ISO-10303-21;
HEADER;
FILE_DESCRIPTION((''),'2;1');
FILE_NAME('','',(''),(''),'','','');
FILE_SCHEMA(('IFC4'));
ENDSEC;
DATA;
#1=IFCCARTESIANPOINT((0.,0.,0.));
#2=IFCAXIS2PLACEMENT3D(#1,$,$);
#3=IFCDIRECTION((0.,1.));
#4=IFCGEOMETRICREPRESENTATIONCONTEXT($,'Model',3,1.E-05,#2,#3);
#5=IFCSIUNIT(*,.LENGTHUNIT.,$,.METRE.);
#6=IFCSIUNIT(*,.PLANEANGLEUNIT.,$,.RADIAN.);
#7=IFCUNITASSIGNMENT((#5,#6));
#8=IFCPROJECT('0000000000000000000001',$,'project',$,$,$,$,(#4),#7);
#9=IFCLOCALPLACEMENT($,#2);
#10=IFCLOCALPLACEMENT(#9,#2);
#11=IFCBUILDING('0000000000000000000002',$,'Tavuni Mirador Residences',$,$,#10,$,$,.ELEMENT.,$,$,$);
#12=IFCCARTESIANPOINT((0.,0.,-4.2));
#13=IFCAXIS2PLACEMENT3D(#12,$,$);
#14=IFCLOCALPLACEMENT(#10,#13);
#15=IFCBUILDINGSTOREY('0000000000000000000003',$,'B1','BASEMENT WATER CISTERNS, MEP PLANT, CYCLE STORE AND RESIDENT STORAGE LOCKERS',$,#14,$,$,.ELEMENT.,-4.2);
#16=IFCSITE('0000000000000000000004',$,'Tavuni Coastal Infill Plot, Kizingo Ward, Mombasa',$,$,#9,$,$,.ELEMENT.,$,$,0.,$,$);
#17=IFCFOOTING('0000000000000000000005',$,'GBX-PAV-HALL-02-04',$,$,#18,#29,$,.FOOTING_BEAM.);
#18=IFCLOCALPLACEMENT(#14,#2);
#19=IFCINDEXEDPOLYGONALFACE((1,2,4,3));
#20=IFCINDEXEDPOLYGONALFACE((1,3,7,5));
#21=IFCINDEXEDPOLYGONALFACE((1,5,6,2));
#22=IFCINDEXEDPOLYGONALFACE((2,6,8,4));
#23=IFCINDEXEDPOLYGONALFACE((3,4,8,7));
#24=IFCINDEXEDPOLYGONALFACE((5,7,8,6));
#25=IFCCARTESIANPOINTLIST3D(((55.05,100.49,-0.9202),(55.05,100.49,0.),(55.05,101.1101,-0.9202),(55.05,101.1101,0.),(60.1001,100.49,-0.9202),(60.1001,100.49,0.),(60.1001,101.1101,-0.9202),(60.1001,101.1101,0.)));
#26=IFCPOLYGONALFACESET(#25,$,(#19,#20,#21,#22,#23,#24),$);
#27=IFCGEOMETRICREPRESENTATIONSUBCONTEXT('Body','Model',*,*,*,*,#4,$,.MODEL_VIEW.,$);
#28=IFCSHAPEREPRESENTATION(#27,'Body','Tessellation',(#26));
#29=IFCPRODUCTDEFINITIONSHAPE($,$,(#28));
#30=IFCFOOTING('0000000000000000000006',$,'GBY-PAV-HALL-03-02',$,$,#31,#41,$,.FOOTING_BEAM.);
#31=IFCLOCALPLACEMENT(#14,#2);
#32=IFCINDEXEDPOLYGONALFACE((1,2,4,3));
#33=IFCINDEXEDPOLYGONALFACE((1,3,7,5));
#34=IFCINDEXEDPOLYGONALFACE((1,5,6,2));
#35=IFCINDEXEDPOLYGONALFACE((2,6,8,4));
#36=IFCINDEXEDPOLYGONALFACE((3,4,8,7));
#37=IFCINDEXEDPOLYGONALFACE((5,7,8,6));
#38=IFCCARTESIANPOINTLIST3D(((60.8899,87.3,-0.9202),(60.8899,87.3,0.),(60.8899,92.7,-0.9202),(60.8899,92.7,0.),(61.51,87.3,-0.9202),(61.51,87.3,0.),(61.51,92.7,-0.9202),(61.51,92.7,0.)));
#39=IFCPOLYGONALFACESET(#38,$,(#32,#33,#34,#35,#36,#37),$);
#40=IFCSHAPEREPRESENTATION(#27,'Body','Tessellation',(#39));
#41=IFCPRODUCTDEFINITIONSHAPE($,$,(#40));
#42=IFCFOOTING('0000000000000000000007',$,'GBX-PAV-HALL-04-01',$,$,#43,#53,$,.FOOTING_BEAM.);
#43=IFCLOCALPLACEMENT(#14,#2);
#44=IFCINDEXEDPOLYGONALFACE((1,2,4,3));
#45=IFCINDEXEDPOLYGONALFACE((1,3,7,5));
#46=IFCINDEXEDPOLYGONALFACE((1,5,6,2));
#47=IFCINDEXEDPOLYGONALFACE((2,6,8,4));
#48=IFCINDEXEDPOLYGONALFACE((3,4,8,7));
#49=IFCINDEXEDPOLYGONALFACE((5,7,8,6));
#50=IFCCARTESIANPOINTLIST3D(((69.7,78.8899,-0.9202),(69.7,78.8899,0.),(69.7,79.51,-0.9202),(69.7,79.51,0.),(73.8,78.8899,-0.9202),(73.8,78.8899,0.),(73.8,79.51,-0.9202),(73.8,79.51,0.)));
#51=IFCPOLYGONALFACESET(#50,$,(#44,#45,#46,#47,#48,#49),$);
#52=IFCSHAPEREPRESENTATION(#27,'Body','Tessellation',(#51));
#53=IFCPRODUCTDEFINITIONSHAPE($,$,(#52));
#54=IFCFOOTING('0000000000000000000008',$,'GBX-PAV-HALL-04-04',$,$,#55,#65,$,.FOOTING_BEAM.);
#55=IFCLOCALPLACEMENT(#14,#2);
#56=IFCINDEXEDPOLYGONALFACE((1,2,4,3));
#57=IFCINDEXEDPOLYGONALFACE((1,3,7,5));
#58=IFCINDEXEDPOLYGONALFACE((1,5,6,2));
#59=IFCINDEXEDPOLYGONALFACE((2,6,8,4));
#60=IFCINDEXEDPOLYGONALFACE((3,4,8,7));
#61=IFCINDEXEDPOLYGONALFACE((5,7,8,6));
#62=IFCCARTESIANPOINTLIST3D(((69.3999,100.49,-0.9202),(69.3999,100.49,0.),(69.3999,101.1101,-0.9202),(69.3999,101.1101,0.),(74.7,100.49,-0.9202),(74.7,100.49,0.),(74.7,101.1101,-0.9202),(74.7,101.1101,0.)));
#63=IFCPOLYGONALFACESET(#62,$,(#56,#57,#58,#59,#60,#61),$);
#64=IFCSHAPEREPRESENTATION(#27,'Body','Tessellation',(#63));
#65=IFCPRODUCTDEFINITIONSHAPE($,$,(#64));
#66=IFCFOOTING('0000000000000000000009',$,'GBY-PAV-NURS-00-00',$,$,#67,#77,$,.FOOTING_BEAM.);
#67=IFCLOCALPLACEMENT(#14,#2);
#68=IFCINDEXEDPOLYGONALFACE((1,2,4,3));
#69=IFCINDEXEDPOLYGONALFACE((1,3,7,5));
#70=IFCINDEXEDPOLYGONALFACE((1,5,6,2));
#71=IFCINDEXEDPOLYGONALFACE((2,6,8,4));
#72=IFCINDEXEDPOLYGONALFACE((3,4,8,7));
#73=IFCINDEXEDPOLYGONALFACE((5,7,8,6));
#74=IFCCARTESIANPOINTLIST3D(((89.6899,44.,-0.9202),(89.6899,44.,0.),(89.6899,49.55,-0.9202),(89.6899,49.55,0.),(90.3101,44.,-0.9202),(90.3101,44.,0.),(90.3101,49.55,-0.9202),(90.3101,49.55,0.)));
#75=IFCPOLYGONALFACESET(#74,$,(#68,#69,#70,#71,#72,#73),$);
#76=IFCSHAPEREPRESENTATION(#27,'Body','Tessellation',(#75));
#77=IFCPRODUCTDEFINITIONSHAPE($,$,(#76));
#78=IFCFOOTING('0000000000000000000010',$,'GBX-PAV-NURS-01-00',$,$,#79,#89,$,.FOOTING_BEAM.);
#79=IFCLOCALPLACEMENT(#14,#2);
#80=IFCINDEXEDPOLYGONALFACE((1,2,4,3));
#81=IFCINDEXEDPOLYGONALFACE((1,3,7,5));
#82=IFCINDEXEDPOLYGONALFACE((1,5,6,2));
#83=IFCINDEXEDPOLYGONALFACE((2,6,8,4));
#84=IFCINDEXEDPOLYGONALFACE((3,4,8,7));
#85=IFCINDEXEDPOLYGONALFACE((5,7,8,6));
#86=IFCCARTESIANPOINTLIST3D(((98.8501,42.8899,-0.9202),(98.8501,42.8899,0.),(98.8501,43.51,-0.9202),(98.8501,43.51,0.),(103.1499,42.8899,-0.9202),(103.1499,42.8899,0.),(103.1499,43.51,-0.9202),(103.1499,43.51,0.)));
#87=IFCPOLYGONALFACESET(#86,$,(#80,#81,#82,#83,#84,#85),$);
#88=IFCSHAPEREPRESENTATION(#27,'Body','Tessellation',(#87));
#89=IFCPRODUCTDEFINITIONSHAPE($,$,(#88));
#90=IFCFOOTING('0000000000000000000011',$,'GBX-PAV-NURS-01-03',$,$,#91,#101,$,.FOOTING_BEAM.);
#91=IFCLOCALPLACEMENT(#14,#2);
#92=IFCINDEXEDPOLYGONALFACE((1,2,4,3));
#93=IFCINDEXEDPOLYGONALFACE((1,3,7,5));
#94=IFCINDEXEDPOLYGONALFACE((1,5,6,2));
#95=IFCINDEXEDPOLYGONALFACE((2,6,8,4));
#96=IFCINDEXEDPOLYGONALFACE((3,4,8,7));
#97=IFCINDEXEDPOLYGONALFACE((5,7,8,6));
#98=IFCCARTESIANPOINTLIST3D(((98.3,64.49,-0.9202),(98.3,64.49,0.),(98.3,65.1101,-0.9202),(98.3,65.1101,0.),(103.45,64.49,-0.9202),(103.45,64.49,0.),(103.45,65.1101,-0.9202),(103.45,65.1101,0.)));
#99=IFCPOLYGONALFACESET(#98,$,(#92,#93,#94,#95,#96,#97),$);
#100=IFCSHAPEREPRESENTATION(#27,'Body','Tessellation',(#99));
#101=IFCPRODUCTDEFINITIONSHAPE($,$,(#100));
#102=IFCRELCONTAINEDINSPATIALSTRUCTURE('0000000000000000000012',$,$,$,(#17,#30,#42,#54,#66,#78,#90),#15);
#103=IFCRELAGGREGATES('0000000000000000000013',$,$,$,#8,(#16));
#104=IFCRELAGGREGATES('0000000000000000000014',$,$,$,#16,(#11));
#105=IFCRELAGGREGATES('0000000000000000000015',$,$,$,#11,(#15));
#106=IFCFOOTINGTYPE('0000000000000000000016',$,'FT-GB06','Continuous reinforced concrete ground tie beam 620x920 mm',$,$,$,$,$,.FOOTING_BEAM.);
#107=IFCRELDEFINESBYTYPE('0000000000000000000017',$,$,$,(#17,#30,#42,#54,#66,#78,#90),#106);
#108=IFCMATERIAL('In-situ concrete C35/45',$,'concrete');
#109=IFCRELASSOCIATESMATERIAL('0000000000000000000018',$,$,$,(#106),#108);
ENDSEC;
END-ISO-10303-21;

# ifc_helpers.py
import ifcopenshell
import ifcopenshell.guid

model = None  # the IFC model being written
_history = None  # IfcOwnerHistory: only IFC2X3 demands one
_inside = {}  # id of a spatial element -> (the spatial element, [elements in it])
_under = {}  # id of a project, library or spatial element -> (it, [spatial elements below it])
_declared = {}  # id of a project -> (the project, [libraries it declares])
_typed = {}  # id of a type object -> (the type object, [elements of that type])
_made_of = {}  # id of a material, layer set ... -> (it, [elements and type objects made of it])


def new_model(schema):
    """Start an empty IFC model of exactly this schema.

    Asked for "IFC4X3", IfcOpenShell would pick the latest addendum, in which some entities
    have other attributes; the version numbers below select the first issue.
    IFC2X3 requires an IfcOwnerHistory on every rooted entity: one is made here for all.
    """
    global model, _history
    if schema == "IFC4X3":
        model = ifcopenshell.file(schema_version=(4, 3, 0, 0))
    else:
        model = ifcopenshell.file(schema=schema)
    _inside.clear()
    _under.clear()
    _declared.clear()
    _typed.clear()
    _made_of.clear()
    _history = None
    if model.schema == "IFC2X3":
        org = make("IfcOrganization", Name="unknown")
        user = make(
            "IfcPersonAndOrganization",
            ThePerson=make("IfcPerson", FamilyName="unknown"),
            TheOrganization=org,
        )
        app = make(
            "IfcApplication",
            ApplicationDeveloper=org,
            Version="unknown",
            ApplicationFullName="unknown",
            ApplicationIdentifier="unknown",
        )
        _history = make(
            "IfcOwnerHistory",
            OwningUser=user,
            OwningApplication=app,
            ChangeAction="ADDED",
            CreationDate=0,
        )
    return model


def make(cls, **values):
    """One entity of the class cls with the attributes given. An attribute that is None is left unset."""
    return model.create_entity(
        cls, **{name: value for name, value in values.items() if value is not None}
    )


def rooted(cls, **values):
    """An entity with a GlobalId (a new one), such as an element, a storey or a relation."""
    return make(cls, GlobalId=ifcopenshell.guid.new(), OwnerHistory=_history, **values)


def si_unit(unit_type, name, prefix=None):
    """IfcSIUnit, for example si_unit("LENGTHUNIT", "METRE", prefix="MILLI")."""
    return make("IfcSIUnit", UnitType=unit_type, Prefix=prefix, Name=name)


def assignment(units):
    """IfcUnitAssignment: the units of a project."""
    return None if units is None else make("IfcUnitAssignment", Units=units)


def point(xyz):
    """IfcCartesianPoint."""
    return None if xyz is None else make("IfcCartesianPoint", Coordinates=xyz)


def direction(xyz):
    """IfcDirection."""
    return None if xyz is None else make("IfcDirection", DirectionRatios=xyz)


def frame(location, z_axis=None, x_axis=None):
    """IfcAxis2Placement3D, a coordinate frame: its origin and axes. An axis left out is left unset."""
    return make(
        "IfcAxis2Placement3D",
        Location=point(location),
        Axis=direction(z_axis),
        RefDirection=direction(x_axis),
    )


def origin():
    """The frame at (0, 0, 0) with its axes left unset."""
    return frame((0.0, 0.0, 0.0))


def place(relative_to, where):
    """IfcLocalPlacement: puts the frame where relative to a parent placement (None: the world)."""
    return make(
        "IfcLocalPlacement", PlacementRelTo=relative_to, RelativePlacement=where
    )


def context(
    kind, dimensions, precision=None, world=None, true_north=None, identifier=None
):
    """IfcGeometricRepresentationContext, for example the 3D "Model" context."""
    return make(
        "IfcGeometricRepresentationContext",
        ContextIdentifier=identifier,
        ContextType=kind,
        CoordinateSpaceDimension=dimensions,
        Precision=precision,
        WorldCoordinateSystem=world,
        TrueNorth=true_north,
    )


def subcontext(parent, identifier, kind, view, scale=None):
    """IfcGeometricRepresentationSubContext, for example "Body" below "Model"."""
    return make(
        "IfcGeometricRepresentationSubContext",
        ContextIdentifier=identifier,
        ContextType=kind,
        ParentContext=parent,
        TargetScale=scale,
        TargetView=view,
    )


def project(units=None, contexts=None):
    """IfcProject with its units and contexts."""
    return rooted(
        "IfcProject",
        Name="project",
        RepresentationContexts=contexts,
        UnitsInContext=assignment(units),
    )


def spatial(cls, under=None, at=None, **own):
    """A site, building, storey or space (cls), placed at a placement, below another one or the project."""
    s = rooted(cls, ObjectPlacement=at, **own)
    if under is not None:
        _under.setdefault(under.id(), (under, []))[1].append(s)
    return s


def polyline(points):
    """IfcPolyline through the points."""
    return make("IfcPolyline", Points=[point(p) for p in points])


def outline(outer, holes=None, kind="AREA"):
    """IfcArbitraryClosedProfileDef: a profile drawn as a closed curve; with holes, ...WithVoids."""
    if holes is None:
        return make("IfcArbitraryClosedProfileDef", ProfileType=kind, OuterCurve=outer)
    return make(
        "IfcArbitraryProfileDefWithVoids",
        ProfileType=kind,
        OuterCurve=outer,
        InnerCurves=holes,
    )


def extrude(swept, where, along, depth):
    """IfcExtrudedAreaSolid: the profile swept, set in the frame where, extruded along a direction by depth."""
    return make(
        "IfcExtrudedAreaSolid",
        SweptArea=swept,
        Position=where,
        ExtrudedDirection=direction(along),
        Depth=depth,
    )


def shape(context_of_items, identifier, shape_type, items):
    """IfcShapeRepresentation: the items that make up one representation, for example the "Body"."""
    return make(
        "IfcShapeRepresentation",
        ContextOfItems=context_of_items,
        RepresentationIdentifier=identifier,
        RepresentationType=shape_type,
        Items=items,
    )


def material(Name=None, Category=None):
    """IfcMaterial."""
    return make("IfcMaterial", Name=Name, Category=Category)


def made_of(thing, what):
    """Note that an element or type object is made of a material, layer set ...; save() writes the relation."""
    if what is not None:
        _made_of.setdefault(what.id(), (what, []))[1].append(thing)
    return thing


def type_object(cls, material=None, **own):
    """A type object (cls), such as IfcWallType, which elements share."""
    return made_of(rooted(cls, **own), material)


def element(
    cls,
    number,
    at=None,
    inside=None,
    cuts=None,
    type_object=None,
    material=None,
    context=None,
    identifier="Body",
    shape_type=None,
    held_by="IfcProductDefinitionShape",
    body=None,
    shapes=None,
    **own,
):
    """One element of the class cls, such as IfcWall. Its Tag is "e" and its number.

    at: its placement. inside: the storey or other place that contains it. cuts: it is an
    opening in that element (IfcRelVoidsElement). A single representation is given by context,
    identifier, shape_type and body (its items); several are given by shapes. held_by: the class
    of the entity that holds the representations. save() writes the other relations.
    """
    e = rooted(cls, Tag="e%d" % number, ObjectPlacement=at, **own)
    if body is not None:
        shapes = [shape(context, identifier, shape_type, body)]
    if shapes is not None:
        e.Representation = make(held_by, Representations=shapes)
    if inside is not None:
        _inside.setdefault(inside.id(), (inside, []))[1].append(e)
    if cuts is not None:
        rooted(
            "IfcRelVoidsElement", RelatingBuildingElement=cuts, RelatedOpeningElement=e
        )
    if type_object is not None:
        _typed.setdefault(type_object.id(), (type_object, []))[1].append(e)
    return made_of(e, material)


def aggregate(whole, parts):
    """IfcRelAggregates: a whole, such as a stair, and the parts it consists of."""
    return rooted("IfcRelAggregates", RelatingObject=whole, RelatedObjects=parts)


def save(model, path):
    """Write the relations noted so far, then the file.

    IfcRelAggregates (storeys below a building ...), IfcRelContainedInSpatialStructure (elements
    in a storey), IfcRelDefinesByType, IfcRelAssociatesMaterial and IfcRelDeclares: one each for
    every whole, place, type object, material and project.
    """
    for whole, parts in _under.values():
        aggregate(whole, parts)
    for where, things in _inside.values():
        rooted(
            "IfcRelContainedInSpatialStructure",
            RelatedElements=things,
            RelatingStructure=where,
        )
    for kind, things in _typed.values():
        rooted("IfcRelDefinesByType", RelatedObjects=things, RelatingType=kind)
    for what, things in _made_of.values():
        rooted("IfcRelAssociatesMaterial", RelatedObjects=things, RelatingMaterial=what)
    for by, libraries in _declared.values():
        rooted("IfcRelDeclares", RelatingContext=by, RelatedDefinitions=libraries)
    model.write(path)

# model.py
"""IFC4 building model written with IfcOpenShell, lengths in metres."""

from ifc_helpers import new_model, si_unit, direction, frame, origin, place, context, subcontext, project, spatial, polyline, outline, extrude, material, type_object, element, save


model = new_model("IFC4")

# Units and contexts
model_context = context("Model", 3, precision=1e-05, world=origin(), true_north=direction((0.0, 1.0)))
body_context = subcontext(model_context, "Body", "Model", "MODEL_VIEW")
ifc_project = project(units=[si_unit("LENGTHUNIT", "METRE"), si_unit("PLANEANGLEUNIT", "RADIAN")], contexts=[model_context])

# Site, building, storey
site_placement = place(None, origin())
site = spatial("IfcSite", under=ifc_project, at=site_placement, Name="Tavuni Coastal Infill Plot, Kizingo Ward, Mombasa", CompositionType="ELEMENT", RefElevation=0.0)
building_placement = place(site_placement, origin())
building = spatial("IfcBuilding", under=site, at=building_placement, Name="Tavuni Mirador Residences", CompositionType="ELEMENT")
storey_placement = place(building_placement, frame((0.0, 0.0, -4.2)))
storey = spatial("IfcBuildingStorey", under=building, at=storey_placement, Name="B1", Description="BASEMENT WATER CISTERNS, MEP PLANT, CYCLE STORE AND RESIDENT STORAGE LOCKERS", CompositionType="ELEMENT", Elevation=-4.2)

# Footings
ifc_material = material(Name="In-situ concrete C35/45", Category="concrete")
footing_type_1 = type_object("IfcFootingType", Name="FT-GB06", Description="Continuous reinforced concrete ground tie beam 620x920 mm", PredefinedType="FOOTING_BEAM", material=ifc_material)
footing_1_placement = place(storey_placement, frame((0.0, 0.0, -0.9202)))
element("IfcFooting", 1, at=footing_1_placement, inside=storey, type_object=footing_type_1, Name="GBX-PAV-HALL-02-04", PredefinedType="FOOTING_BEAM", context=body_context, shape_type="SweptSolid", body=[
    extrude(outline(polyline([(55.05, 100.49), (60.1001, 100.49), (60.1001, 101.1101), (55.05, 101.1101), (55.05, 100.49)])), origin(), (0.0, 0.0, 1.0), 0.9202),
])
footing_2_placement = place(storey_placement, frame((0.0, 0.0, -0.9202)))
element("IfcFooting", 2, at=footing_2_placement, inside=storey, type_object=footing_type_1, Name="GBY-PAV-HALL-03-02", PredefinedType="FOOTING_BEAM", context=body_context, shape_type="SweptSolid", body=[
    extrude(outline(polyline([(60.8899, 87.3), (61.51, 87.3), (61.51, 92.7), (60.8899, 92.7), (60.8899, 87.3)])), origin(), (0.0, 0.0, 1.0), 0.9202),
])
footing_3_placement = place(storey_placement, frame((0.0, 0.0, -0.9202)))
element("IfcFooting", 3, at=footing_3_placement, inside=storey, type_object=footing_type_1, Name="GBX-PAV-HALL-04-01", PredefinedType="FOOTING_BEAM", context=body_context, shape_type="SweptSolid", body=[
    extrude(outline(polyline([(69.7, 78.8899), (73.8, 78.8899), (73.8, 79.51), (69.7, 79.51), (69.7, 78.8899)])), origin(), (0.0, 0.0, 1.0), 0.9202),
])
footing_4_placement = place(storey_placement, frame((0.0, 0.0, -0.9202)))
element("IfcFooting", 4, at=footing_4_placement, inside=storey, type_object=footing_type_1, Name="GBX-PAV-HALL-04-04", PredefinedType="FOOTING_BEAM", context=body_context, shape_type="SweptSolid", body=[
    extrude(outline(polyline([(69.3999, 100.49), (74.7, 100.49), (74.7, 101.1101), (69.3999, 101.1101), (69.3999, 100.49)])), origin(), (0.0, 0.0, 1.0), 0.9202),
])
footing_5_placement = place(storey_placement, frame((0.0, 0.0, -0.9202)))
element("IfcFooting", 5, at=footing_5_placement, inside=storey, type_object=footing_type_1, Name="GBY-PAV-NURS-00-00", PredefinedType="FOOTING_BEAM", context=body_context, shape_type="SweptSolid", body=[
    extrude(outline(polyline([(89.6899, 44.0), (90.3101, 44.0), (90.3101, 49.55), (89.6899, 49.55), (89.6899, 44.0)])), origin(), (0.0, 0.0, 1.0), 0.9202),
])
footing_6_placement = place(storey_placement, frame((0.0, 0.0, -0.9202)))
element("IfcFooting", 6, at=footing_6_placement, inside=storey, type_object=footing_type_1, Name="GBX-PAV-NURS-01-00", PredefinedType="FOOTING_BEAM", context=body_context, shape_type="SweptSolid", body=[
    extrude(outline(polyline([(98.8501, 42.8899), (103.1499, 42.8899), (103.1499, 43.51), (98.8501, 43.51), (98.8501, 42.8899)])), origin(), (0.0, 0.0, 1.0), 0.9202),
])
footing_7_placement = place(storey_placement, frame((0.0, 0.0, -0.9202)))
element("IfcFooting", 7, at=footing_7_placement, inside=storey, type_object=footing_type_1, Name="GBX-PAV-NURS-01-03", PredefinedType="FOOTING_BEAM", context=body_context, shape_type="SweptSolid", body=[
    extrude(outline(polyline([(98.3, 64.49), (103.45, 64.49), (103.45, 65.1101), (98.3, 65.1101), (98.3, 64.49)])), origin(), (0.0, 0.0, 1.0), 0.9202),
])

save(model, "model.ifc")
